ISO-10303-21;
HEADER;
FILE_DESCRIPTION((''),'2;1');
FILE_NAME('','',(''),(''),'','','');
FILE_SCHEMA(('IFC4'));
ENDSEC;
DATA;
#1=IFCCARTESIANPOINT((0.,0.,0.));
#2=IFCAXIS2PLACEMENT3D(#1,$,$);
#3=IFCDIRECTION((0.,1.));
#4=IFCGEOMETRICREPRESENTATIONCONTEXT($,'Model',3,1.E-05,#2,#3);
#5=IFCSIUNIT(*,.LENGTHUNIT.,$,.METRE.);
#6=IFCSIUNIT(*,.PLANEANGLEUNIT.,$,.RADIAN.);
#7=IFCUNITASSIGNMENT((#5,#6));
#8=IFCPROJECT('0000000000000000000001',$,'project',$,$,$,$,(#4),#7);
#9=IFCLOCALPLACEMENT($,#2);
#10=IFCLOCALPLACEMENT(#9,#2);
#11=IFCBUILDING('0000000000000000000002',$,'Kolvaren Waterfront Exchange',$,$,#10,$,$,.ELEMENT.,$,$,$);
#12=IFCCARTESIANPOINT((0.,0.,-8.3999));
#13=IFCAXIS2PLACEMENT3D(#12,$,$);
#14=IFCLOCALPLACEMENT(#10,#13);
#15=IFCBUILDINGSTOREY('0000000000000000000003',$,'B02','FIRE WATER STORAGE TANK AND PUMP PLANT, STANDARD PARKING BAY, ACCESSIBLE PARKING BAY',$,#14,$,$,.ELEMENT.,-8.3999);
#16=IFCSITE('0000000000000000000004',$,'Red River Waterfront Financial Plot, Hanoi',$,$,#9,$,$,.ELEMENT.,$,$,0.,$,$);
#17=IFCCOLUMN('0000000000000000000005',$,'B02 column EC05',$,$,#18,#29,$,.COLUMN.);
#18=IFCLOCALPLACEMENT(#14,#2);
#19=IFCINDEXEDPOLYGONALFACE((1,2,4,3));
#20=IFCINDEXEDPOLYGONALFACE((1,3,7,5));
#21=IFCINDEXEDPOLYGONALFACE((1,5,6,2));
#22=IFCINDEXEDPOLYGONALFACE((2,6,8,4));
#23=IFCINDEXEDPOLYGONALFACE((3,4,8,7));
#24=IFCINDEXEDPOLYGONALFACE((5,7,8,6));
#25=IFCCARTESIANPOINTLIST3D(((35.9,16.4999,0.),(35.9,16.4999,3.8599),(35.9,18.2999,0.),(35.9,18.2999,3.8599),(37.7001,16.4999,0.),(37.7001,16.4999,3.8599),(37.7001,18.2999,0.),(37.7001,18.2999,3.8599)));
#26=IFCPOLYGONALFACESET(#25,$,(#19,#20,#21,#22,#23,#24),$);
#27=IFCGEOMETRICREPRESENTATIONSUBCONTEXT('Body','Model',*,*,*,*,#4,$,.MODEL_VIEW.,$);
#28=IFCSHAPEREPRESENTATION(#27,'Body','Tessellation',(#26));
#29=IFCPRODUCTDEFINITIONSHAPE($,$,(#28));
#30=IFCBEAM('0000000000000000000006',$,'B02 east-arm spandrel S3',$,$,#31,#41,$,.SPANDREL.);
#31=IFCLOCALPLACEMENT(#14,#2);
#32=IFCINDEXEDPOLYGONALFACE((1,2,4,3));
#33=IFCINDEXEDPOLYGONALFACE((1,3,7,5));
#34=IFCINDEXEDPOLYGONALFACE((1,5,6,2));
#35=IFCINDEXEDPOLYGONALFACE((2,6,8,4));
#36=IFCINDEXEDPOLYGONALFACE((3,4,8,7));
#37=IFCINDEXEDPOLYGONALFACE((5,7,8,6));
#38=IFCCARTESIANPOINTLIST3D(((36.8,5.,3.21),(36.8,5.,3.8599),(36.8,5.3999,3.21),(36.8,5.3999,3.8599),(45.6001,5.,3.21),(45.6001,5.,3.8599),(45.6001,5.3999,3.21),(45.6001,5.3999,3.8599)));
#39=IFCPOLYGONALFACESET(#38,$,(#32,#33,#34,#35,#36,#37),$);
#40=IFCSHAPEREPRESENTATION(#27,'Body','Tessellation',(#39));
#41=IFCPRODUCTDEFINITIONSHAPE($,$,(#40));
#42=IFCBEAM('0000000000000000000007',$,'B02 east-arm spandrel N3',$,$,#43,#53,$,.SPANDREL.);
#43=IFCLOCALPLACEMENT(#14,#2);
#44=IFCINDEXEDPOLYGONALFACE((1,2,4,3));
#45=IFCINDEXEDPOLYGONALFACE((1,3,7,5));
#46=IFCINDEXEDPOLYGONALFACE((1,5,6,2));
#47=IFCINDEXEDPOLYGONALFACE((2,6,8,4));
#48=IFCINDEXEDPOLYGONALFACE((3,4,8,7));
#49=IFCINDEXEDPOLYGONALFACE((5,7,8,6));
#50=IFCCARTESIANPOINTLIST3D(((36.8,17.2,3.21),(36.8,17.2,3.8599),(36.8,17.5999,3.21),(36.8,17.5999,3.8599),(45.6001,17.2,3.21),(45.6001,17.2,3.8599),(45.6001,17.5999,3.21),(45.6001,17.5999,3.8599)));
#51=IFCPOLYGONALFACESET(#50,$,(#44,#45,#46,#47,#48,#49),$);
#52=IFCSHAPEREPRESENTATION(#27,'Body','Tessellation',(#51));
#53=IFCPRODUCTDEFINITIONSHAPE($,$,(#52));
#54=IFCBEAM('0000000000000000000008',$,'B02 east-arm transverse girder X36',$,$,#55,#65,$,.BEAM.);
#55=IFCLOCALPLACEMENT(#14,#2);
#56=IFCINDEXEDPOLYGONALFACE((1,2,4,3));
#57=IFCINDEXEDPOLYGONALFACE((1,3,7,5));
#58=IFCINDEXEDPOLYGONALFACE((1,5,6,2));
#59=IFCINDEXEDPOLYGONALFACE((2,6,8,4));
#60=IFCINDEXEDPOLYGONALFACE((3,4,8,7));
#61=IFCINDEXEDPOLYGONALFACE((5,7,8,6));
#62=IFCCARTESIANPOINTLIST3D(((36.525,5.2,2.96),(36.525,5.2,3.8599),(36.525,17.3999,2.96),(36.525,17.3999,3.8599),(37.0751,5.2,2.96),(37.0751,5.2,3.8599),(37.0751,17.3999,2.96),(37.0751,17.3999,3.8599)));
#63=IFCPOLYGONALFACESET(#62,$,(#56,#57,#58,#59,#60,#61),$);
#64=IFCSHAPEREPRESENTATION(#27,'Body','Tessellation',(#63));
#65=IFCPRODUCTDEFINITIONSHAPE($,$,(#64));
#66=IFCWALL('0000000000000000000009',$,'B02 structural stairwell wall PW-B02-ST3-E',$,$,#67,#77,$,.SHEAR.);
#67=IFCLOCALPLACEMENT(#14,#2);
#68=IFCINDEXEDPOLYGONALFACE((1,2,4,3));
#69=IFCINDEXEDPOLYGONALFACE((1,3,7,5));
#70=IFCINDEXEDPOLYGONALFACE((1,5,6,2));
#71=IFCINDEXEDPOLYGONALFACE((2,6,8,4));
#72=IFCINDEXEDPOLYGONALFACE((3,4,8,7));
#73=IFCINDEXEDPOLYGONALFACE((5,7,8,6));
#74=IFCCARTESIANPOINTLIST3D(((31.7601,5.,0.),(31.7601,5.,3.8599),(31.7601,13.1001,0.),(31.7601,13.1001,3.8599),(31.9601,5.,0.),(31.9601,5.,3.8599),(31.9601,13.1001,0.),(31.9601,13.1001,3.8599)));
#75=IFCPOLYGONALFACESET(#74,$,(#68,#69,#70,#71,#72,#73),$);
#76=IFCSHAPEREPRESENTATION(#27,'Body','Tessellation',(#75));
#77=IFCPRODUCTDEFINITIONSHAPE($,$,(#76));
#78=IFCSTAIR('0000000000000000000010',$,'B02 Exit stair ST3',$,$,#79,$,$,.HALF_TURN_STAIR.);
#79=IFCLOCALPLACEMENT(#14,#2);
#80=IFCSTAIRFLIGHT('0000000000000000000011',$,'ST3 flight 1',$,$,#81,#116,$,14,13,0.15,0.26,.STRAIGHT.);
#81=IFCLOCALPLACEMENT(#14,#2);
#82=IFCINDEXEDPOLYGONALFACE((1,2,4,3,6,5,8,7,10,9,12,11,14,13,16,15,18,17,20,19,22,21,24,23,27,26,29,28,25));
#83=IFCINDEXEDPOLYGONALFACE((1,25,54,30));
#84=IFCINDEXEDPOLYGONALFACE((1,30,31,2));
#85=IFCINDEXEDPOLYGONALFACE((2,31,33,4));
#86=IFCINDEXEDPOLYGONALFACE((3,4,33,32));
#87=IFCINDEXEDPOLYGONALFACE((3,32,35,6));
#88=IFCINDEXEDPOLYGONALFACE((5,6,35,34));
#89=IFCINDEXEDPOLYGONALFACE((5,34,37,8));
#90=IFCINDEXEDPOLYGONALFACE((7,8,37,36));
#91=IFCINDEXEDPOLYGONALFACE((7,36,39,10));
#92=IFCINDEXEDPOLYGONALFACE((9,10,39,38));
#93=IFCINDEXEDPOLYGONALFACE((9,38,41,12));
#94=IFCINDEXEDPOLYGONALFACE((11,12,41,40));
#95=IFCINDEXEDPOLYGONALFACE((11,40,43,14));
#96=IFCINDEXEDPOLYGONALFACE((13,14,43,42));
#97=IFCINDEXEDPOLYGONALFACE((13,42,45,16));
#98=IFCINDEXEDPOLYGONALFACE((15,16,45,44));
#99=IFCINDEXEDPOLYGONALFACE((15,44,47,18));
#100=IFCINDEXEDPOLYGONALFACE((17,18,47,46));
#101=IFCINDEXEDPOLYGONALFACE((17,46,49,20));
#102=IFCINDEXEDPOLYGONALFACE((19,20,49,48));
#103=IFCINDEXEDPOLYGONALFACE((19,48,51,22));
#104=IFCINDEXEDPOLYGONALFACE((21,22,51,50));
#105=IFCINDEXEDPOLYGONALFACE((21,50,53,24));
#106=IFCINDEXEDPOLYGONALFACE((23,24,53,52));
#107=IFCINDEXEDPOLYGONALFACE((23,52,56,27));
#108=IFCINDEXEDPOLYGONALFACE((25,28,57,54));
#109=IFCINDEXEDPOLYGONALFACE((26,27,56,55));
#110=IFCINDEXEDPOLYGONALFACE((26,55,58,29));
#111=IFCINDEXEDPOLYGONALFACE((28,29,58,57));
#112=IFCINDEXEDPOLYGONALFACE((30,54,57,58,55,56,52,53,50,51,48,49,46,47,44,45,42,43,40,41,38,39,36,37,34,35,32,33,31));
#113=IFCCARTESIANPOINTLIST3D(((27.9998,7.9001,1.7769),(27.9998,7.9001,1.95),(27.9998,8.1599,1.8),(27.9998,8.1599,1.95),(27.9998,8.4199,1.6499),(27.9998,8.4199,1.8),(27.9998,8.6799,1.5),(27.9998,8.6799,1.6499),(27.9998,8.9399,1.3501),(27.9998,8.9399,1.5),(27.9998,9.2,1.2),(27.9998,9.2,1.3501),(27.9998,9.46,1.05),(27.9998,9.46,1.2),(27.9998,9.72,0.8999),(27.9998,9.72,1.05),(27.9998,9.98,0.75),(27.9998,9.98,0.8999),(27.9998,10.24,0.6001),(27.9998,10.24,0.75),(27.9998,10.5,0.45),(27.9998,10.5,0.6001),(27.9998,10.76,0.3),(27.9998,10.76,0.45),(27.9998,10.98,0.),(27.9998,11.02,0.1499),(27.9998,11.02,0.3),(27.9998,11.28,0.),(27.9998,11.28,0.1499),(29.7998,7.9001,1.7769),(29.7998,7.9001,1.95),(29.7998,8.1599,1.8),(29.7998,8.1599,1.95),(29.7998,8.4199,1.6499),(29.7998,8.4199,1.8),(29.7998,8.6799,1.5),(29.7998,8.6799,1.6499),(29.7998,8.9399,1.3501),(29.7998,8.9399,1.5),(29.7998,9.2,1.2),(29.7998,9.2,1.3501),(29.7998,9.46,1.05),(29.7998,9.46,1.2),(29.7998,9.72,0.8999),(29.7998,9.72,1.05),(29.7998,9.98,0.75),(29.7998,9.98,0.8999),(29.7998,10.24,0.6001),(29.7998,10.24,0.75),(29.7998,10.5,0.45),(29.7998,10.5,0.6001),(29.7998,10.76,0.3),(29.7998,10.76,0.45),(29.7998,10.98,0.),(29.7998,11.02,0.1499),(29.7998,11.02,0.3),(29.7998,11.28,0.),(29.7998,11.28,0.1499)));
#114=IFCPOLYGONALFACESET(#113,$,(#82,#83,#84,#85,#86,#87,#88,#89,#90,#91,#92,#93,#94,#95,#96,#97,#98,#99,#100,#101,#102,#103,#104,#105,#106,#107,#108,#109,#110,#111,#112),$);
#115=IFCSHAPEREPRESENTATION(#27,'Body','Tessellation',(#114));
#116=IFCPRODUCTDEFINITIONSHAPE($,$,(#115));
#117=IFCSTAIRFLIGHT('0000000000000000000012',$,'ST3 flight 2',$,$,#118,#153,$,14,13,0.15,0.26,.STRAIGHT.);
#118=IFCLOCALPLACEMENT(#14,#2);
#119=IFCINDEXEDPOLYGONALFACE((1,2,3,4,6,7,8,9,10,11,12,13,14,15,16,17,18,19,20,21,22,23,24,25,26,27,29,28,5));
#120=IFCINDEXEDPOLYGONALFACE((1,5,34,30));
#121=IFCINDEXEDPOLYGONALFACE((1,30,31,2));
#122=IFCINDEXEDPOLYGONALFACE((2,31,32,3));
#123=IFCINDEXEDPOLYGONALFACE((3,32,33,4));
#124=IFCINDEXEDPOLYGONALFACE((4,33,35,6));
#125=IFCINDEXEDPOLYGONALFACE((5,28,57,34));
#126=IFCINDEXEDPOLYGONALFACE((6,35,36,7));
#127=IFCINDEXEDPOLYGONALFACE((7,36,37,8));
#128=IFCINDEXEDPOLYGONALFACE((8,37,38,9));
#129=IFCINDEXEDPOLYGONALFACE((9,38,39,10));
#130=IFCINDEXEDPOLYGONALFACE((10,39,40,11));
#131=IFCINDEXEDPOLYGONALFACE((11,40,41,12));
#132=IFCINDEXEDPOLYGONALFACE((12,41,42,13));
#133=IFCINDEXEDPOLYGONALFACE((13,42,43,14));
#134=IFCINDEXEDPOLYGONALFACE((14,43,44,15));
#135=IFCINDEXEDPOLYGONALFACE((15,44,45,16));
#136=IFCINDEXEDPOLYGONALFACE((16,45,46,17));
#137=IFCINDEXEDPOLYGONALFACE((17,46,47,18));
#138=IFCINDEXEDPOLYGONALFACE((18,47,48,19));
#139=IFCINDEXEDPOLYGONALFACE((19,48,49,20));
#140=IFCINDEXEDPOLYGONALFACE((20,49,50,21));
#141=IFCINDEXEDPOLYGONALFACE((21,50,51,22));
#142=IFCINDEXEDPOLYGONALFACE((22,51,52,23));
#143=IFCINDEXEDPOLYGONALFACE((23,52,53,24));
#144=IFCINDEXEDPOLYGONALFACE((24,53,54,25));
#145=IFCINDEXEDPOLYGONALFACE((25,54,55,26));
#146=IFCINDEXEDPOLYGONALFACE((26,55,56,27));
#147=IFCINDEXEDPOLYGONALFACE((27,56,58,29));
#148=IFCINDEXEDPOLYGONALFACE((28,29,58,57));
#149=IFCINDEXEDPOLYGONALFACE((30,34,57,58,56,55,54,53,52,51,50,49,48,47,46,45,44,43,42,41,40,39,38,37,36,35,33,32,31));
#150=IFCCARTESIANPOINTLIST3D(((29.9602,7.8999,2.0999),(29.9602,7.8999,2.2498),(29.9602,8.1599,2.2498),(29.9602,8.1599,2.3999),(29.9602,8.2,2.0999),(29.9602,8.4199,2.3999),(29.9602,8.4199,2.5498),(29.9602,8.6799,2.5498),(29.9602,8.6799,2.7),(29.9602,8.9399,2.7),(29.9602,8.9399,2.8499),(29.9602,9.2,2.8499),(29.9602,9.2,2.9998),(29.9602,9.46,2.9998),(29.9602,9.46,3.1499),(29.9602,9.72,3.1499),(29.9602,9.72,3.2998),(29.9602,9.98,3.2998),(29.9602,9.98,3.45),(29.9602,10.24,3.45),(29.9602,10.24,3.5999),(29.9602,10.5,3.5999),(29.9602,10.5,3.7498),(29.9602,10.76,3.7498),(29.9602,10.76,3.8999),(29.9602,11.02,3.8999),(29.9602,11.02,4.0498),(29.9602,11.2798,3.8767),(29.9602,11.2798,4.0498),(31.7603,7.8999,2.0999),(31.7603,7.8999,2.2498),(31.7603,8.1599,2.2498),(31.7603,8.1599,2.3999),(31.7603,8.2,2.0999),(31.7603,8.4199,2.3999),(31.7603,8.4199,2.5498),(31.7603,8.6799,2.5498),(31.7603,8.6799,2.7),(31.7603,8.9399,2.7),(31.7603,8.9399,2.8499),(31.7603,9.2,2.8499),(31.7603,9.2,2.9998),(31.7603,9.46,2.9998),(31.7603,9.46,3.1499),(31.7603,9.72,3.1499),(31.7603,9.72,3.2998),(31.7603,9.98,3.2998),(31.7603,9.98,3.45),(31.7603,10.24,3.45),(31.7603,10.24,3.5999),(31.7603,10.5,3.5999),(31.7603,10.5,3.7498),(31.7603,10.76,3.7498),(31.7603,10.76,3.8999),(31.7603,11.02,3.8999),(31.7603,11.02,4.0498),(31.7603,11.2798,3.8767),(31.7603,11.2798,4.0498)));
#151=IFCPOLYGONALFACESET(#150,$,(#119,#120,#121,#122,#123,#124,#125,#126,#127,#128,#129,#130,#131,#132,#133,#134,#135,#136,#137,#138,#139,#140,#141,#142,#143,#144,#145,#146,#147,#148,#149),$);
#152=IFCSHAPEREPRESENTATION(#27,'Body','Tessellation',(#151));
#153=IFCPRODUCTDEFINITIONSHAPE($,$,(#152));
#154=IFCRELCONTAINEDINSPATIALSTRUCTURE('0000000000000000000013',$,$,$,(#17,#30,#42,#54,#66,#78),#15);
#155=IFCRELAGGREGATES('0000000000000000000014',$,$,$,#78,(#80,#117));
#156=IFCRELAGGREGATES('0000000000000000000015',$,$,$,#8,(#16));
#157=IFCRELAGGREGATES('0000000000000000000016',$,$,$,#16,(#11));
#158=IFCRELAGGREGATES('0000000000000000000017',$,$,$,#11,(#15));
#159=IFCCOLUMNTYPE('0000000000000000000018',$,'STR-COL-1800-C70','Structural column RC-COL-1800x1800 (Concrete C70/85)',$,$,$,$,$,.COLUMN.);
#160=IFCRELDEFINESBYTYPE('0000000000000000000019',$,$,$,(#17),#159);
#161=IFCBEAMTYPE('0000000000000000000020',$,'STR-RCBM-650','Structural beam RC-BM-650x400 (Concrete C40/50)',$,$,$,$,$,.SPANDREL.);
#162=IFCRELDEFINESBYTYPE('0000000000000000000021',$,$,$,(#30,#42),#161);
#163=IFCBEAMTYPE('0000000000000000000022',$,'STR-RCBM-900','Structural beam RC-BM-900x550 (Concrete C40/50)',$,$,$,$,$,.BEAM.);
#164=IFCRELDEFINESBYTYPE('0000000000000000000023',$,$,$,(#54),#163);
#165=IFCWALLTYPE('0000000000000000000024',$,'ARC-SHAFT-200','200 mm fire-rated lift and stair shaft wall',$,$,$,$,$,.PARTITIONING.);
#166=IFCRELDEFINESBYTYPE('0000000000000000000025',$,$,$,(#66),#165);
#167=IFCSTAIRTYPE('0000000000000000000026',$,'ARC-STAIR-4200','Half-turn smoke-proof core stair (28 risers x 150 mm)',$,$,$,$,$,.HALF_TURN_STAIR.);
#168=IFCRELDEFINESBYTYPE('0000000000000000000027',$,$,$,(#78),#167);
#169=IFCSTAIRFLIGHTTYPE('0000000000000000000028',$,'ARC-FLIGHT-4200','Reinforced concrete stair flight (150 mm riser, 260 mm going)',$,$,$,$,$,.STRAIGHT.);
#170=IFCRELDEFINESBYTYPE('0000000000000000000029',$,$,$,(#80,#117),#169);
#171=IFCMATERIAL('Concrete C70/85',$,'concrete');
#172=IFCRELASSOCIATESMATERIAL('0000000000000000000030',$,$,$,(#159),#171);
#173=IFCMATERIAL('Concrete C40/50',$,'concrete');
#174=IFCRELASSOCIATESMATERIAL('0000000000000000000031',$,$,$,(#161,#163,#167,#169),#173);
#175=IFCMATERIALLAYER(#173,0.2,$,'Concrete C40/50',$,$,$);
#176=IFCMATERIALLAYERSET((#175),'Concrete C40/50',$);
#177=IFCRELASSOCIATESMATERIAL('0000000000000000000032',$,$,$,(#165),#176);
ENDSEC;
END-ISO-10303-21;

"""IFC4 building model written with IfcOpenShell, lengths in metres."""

from ifc_helpers import new_model, si_unit, direction, frame, frame_2d, origin, origin_2d, place, context, subcontext, project, spatial, polyline, rectangle, outline, extrude, material, layer, layer_set, material_profile, profile_set, type_object, element, aggregate, save


model = new_model("IFC4")

# Units and contexts
model_context = context("Model", 3, precision=1e-05, world=origin(), true_north=direction((0.0, 1.0)))
body_context = subcontext(model_context, "Body", "Model", "MODEL_VIEW")
ifc_project = project(units=[si_unit("LENGTHUNIT", "METRE"), si_unit("PLANEANGLEUNIT", "RADIAN")], contexts=[model_context])

# Site, building, storey
site_placement = place(None, origin())
site = spatial("IfcSite", under=ifc_project, at=site_placement, Name="Red River Waterfront Financial Plot, Hanoi", CompositionType="ELEMENT", RefElevation=0.0)
building_placement = place(site_placement, origin())
building = spatial("IfcBuilding", under=site, at=building_placement, Name="Kolvaren Waterfront Exchange", CompositionType="ELEMENT")
storey_placement = place(building_placement, frame((0.0, 0.0, -8.3999)))
storey = spatial("IfcBuildingStorey", under=building, at=storey_placement, Name="B02", Description="FIRE WATER STORAGE TANK AND PUMP PLANT, STANDARD PARKING BAY, ACCESSIBLE PARKING BAY", CompositionType="ELEMENT", Elevation=-8.3999)

# Column
ifc_material_1 = material(Name="Concrete C70/85", Category="concrete")
ifc_material_profile_1 = material_profile(ifc_material_1, rectangle(XDim=1.8, YDim=1.8, at=origin_2d()), Name="RC-COL-1800x1800")
ifc_profile_set_1 = profile_set([ifc_material_profile_1], Name="Concrete C70/85")
column_type = type_object("IfcColumnType", Name="STR-COL-1800-C70", Description="Structural column RC-COL-1800x1800 (Concrete C70/85)", PredefinedType="COLUMN", material=ifc_profile_set_1)
for number, where, z_axis, x_axis, name in (
    (1, (36.8, 17.3999, 0.0), (0.0, 0.0, 1.0), (1.0, 0.0, 0.0), "B02 column EC05"),
):
    element("IfcColumn", number, at=place(storey_placement, frame(where, z_axis=z_axis, x_axis=x_axis)), inside=storey, type_object=column_type, Name=name, PredefinedType="COLUMN", context=body_context, shape_type="SweptSolid", body=[
        extrude(rectangle(XDim=1.8, YDim=1.8, at=origin_2d()), origin(), (0.0, 0.0, 1.0), 3.8599),
    ])

# Beams
ifc_material_2 = material(Name="Concrete C40/50", Category="concrete")
ifc_material_profile_2 = material_profile(ifc_material_2, rectangle(XDim=0.3999, YDim=0.6499, at=origin_2d()), Name="RC-BM-650x400")
ifc_profile_set_2 = profile_set([ifc_material_profile_2], Name="Concrete C40/50")
beam_type_1 = type_object("IfcBeamType", Name="STR-RCBM-650", Description="Structural beam RC-BM-650x400 (Concrete C40/50)", PredefinedType="SPANDREL", material=ifc_profile_set_2)
for number, where, z_axis, x_axis, name in (
    (2, (36.8, 5.2, 3.5349), (1.0, 0.0, 0.0), (0.0, 1.0, 0.0), "B02 east-arm spandrel S3"),
    (3, (36.8, 17.3999, 3.5349), (1.0, 0.0, 0.0), (0.0, 1.0, 0.0), "B02 east-arm spandrel N3"),
):
    element("IfcBeam", number, at=place(storey_placement, frame(where, z_axis=z_axis, x_axis=x_axis)), inside=storey, type_object=beam_type_1, Name=name, PredefinedType="SPANDREL", context=body_context, shape_type="SweptSolid", body=[
        extrude(rectangle(XDim=0.3999, YDim=0.6499, at=origin_2d()), origin(), (0.0, 0.0, 1.0), 8.8),
    ])
ifc_material_profile_3 = material_profile(ifc_material_2, rectangle(XDim=0.55, YDim=0.8999, at=origin_2d()), Name="RC-BM-900x550")
ifc_profile_set_3 = profile_set([ifc_material_profile_3], Name="Concrete C40/50")
beam_type_2 = type_object("IfcBeamType", Name="STR-RCBM-900", Description="Structural beam RC-BM-900x550 (Concrete C40/50)", PredefinedType="BEAM", material=ifc_profile_set_3)
beam_placement = place(storey_placement, frame((36.8, 5.2, 3.4099), z_axis=(0.0, 1.0, 0.0), x_axis=(-1.0, 0.0, 0.0)))
element("IfcBeam", 4, at=beam_placement, inside=storey, type_object=beam_type_2, Name="B02 east-arm transverse girder X36", PredefinedType="BEAM", context=body_context, shape_type="SweptSolid", body=[
    extrude(rectangle(XDim=0.55, YDim=0.8999, at=origin_2d()), origin(), (0.0, 0.0, 1.0), 12.2),
])

# Wall
ifc_layer = layer(ifc_material_2, 0.2, Name="Concrete C40/50")
ifc_layer_set = layer_set([ifc_layer], Name="Concrete C40/50")
wall_type = type_object("IfcWallType", Name="ARC-SHAFT-200", Description="200 mm fire-rated lift and stair shaft wall", PredefinedType="PARTITIONING", material=ifc_layer_set)
wall_placement = place(storey_placement, frame((31.8601, 5.0, 0.0), z_axis=(0.0, 0.0, 1.0), x_axis=(0.0, 1.0, 0.0)))
element("IfcWall", 5, at=wall_placement, inside=storey, type_object=wall_type, Name="B02 structural stairwell wall PW-B02-ST3-E", PredefinedType="SHEAR", context=body_context, shape_type="SweptSolid", body=[
    extrude(rectangle(XDim=8.1001, YDim=0.2, at=frame_2d((4.05, 0.0))), origin(), (0.0, 0.0, 1.0), 3.8599),
])

# Stair, stair flights
stair_type = type_object("IfcStairType", Name="ARC-STAIR-4200", Description="Half-turn smoke-proof core stair (28 risers x 150 mm)", PredefinedType="HALF_TURN_STAIR", material=ifc_material_2)
stair_placement = place(storey_placement, origin())
stair = element("IfcStair", 6, at=stair_placement, inside=storey, type_object=stair_type, Name="B02 Exit stair ST3", PredefinedType="HALF_TURN_STAIR")
stair_flight_type = type_object("IfcStairFlightType", Name="ARC-FLIGHT-4200", Description="Reinforced concrete stair flight (150 mm riser, 260 mm going)", PredefinedType="STRAIGHT", material=ifc_material_2)
stair_flight_1_placement = place(storey_placement, frame((28.8999, 11.28, 0.0), z_axis=(0.0, 0.0, 1.0), x_axis=(0.0, -1.0, 0.0)))
stair_flight_1 = element("IfcStairFlight", 7, at=stair_flight_1_placement, type_object=stair_flight_type, Name="ST3 flight 1", NumberOfRisers=14, NumberOfTreads=13, PredefinedType="STRAIGHT", RiserHeight=0.15, TreadLength=0.26, context=body_context, shape_type="SweptSolid", body=[
    extrude(outline(polyline([(0.0, 0.0), (0.0, 0.1499), (0.26, 0.1499), (0.26, 0.3), (0.52, 0.3), (0.52, 0.45), (0.78, 0.45), (0.78, 0.6001), (1.04, 0.6001), (1.04, 0.75), (1.3, 0.75), (1.3, 0.8999), (1.5601, 0.8999), (1.5601, 1.05), (1.8201, 1.05), (1.8201, 1.2), (2.0801, 1.2), (2.0801, 1.3501), (2.3401, 1.3501), (2.3401, 1.5), (2.6001, 1.5), (2.6001, 1.6499), (2.8601, 1.6499), (2.8601, 1.8), (3.1201, 1.8), (3.1201, 1.95), (3.3799, 1.95), (3.3799, 2.1001), (3.3799, 1.7769), (0.3, 0.0), (0.0, 0.0)])), frame((0.0, 0.8999, 0.0), z_axis=(0.0, -1.0, 0.0), x_axis=(1.0, 0.0, 0.0)), (0.0, 0.0, 1.0), 1.8),
])
stair_flight_2_placement = place(storey_placement, frame((30.8601, 7.8999, 2.0999), z_axis=(0.0, 0.0, 1.0), x_axis=(0.0, 1.0, 0.0)))
stair_flight_2 = element("IfcStairFlight", 8, at=stair_flight_2_placement, type_object=stair_flight_type, Name="ST3 flight 2", NumberOfRisers=14, NumberOfTreads=13, PredefinedType="STRAIGHT", RiserHeight=0.15, TreadLength=0.26, context=body_context, shape_type="SweptSolid", body=[
    extrude(outline(polyline([(0.0, 0.0), (0.0, 0.1499), (0.26, 0.1499), (0.26, 0.3), (0.52, 0.3), (0.52, 0.45), (0.78, 0.45), (0.78, 0.6001), (1.04, 0.6001), (1.04, 0.75), (1.3, 0.75), (1.3, 0.8999), (1.5601, 0.8999), (1.5601, 1.05), (1.8201, 1.05), (1.8201, 1.2), (2.0801, 1.2), (2.0801, 1.3501), (2.3401, 1.3501), (2.3401, 1.5), (2.6001, 1.5), (2.6001, 1.6499), (2.8601, 1.6499), (2.8601, 1.8), (3.1201, 1.8), (3.1201, 1.95), (3.3799, 1.95), (3.3799, 2.1001), (3.3799, 1.7769), (0.3, 0.0), (0.0, 0.0)])), frame((0.0, 0.8999, 0.0), z_axis=(0.0, -1.0, 0.0), x_axis=(1.0, 0.0, 0.0)), (0.0, 0.0, 1.0), 1.8),
])
aggregate(stair, [stair_flight_1, stair_flight_2])

save(model, "model.ifc")
